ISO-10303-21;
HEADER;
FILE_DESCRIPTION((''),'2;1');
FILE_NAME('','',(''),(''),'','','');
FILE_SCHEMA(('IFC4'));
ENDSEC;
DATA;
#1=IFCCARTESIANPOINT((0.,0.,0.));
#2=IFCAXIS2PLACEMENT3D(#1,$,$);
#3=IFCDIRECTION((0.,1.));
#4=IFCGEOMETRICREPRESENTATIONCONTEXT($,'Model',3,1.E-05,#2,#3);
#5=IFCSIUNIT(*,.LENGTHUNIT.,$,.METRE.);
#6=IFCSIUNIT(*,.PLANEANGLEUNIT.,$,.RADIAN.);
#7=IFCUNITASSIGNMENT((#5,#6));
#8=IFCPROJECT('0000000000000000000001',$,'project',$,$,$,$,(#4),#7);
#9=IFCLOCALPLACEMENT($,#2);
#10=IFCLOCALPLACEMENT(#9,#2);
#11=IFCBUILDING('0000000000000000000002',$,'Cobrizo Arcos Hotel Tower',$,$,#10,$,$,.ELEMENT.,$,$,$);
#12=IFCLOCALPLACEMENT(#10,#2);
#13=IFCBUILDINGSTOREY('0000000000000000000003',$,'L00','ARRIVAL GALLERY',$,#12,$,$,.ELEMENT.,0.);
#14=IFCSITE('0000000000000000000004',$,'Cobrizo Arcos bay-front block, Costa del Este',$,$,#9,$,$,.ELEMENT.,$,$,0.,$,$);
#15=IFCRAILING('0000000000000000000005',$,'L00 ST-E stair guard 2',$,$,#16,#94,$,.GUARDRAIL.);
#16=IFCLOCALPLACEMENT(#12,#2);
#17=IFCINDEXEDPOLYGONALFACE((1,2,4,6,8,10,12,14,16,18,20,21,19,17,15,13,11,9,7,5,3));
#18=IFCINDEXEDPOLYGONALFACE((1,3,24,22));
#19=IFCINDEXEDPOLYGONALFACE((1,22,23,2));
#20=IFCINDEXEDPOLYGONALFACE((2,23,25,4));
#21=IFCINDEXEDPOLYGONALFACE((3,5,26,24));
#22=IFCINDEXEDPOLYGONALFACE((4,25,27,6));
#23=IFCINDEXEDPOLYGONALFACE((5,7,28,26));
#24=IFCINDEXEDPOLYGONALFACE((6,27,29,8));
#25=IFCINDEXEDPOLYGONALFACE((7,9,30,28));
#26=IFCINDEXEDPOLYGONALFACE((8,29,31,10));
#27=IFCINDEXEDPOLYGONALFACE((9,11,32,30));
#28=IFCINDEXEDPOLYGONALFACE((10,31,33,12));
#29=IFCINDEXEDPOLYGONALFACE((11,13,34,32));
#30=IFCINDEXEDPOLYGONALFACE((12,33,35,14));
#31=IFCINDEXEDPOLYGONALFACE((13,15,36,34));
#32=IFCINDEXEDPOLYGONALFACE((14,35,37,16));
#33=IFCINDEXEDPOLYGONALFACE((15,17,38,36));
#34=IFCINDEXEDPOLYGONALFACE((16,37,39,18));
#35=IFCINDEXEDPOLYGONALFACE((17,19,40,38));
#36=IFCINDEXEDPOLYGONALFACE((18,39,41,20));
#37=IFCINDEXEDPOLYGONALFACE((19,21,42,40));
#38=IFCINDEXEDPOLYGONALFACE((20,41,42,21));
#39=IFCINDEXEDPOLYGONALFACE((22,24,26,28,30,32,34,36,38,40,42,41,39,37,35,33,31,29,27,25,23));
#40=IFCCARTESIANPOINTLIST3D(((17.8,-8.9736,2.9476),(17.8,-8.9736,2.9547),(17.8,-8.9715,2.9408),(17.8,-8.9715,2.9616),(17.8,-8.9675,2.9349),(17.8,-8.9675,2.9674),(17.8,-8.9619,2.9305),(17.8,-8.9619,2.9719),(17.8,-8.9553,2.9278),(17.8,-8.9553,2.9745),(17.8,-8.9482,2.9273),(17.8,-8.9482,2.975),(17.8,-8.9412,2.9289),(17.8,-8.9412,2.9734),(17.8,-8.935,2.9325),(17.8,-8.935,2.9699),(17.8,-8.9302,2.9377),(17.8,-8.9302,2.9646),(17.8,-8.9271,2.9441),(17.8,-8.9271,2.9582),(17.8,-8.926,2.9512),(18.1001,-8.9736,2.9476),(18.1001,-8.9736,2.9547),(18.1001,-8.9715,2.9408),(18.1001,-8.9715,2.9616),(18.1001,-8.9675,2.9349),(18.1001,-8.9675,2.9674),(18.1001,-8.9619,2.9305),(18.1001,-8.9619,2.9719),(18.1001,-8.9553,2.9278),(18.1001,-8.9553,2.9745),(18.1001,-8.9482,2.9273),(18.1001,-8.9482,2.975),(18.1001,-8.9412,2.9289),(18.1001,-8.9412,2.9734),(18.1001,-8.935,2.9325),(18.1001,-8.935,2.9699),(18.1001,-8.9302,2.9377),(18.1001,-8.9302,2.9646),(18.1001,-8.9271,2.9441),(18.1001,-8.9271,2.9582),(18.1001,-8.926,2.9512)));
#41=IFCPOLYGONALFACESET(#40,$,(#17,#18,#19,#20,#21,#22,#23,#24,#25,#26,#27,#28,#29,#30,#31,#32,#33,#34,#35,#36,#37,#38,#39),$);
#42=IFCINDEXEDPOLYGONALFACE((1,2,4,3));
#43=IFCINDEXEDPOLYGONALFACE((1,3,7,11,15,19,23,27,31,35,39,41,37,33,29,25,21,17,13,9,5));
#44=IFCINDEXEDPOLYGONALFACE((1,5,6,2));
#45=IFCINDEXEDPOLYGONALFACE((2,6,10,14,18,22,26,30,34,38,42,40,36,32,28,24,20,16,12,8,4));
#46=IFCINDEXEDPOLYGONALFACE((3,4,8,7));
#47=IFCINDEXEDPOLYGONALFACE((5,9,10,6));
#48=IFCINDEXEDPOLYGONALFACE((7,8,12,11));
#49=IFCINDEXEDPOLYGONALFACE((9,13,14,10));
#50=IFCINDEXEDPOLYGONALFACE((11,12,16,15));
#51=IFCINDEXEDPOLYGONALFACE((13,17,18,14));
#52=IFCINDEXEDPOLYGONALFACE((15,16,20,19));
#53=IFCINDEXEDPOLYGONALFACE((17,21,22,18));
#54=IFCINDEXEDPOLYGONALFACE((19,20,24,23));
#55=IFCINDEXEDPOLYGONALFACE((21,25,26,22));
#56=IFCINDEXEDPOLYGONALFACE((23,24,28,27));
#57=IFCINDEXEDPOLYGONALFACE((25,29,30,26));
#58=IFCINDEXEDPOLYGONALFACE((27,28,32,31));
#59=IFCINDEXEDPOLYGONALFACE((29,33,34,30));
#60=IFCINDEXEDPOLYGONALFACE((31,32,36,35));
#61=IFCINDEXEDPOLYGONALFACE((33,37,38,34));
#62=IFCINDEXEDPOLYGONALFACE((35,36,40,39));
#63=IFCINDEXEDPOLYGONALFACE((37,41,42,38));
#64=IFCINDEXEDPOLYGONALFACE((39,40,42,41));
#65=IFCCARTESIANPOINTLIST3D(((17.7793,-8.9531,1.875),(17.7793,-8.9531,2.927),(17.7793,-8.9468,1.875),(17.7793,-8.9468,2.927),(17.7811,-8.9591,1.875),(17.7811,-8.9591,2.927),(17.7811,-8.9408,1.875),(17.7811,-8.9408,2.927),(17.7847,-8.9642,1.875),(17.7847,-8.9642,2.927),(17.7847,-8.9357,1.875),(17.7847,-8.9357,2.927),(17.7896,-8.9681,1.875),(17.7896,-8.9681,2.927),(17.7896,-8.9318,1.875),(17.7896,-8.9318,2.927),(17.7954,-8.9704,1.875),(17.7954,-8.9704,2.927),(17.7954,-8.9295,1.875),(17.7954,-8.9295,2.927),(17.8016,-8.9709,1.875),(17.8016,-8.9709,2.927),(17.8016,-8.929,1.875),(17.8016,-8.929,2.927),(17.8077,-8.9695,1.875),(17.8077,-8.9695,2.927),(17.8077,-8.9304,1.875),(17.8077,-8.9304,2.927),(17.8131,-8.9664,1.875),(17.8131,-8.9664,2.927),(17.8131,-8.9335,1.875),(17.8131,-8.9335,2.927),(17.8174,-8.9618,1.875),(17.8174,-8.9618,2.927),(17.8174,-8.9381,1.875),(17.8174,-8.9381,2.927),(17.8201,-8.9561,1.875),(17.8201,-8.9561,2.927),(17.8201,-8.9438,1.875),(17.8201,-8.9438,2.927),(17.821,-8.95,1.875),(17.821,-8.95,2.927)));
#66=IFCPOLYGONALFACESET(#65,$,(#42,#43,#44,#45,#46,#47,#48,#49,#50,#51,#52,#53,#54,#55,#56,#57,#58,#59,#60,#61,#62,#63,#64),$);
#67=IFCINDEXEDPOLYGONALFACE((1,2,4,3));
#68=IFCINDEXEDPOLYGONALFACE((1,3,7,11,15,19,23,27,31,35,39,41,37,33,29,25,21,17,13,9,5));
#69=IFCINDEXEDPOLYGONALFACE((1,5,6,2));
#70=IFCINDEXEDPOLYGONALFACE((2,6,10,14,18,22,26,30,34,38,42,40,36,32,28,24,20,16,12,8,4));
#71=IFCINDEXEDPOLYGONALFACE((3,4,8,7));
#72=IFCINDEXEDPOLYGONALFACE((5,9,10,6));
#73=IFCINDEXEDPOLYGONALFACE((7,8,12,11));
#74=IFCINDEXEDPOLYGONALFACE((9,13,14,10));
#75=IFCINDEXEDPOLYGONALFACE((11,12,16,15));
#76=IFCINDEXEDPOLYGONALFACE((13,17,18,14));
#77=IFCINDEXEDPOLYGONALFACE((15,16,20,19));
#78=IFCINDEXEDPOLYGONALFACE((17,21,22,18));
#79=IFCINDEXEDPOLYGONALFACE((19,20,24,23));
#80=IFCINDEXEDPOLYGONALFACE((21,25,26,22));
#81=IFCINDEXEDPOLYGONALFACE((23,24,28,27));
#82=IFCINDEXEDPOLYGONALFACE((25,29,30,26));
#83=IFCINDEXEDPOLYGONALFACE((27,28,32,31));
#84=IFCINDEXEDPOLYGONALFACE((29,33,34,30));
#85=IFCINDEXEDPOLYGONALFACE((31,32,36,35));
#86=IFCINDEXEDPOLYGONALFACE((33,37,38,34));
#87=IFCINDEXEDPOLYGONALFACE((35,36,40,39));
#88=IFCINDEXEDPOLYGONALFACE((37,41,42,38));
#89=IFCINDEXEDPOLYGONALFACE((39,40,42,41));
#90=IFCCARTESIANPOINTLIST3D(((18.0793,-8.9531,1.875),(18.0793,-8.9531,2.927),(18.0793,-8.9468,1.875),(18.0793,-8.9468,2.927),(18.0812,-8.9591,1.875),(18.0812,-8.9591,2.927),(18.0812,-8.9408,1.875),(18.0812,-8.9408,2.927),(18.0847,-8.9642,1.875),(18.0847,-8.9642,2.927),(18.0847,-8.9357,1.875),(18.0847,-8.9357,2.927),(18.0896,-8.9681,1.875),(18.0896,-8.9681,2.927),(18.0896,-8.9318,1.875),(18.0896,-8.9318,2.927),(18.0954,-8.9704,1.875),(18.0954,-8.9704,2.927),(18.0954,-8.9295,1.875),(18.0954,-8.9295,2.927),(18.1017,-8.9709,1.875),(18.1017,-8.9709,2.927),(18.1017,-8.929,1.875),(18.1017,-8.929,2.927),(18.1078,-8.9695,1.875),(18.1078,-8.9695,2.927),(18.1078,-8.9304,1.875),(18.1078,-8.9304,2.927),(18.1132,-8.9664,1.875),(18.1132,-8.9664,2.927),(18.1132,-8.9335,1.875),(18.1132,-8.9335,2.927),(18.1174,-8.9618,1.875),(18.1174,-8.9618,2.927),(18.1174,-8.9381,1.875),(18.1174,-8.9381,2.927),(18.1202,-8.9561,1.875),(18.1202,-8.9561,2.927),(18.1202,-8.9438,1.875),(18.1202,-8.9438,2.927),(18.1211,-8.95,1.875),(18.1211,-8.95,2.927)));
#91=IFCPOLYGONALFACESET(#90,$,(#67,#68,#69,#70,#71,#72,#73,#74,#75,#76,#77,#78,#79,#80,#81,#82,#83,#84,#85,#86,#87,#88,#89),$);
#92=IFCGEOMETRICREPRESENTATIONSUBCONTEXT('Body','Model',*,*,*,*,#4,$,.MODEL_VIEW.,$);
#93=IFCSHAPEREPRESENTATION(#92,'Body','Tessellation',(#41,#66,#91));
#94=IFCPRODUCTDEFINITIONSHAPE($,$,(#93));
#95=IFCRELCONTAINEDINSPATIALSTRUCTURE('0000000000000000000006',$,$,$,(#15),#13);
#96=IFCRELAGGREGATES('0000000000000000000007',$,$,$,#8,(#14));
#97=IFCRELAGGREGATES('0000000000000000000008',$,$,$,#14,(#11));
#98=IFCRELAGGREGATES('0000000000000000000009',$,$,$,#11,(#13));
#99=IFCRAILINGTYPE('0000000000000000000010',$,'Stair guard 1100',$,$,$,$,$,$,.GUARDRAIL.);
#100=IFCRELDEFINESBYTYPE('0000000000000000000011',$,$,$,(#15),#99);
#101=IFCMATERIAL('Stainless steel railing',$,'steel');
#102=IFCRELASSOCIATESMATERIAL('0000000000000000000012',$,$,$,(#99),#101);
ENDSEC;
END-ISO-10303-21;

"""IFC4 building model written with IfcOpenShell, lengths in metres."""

from ifc_helpers import new_model, si_unit, direction, frame, origin, origin_2d, place, context, subcontext, project, spatial, circle, extrude, material, type_object, element, save


model = new_model("IFC4")

# Units and contexts
model_context = context("Model", 3, precision=1e-05, world=origin(), true_north=direction((0.0, 1.0)))
body_context = subcontext(model_context, "Body", "Model", "MODEL_VIEW")
ifc_project = project(units=[si_unit("LENGTHUNIT", "METRE"), si_unit("PLANEANGLEUNIT", "RADIAN")], contexts=[model_context])

# Site, building, storey
site_placement = place(None, origin())
site = spatial("IfcSite", under=ifc_project, at=site_placement, Name="Cobrizo Arcos bay-front block, Costa del Este", CompositionType="ELEMENT", RefElevation=0.0)
building_placement = place(site_placement, origin())
building = spatial("IfcBuilding", under=site, at=building_placement, Name="Cobrizo Arcos Hotel Tower", CompositionType="ELEMENT")
storey_placement = place(building_placement, origin())
storey = spatial("IfcBuildingStorey", under=building, at=storey_placement, Name="L00", Description="ARRIVAL GALLERY", CompositionType="ELEMENT", Elevation=0.0)

# Railing
ifc_material_1 = material(Name="Stainless steel railing", Category="steel")
railing_type_1 = type_object("IfcRailingType", Name="Stair guard 1100", PredefinedType="GUARDRAIL", material=ifc_material_1)
railing_1_placement = place(storey_placement, frame((17.8, -8.95, 1.875)))
element("IfcRailing", 1, at=railing_1_placement, inside=storey, type_object=railing_type_1, Name="L00 ST-E stair guard 2", PredefinedType="GUARDRAIL", context=body_context, shape_type="SweptSolid", body=[
    extrude(circle(Radius=0.0239, at=origin_2d()), frame((0.0, 0.0, 1.0762), z_axis=(1.0, 0.0, 0.0), x_axis=(0.0, 1.0, 0.0)), (0.0, 0.0, 1.0), 0.3),
    extrude(circle(Radius=0.021, at=origin_2d()), origin(), (0.0, 0.0, 1.0), 1.052),
    extrude(circle(Radius=0.021, at=origin_2d()), frame((0.3, 0.0, 0.0)), (0.0, 0.0, 1.0), 1.052),
])

save(model, "model.ifc")
